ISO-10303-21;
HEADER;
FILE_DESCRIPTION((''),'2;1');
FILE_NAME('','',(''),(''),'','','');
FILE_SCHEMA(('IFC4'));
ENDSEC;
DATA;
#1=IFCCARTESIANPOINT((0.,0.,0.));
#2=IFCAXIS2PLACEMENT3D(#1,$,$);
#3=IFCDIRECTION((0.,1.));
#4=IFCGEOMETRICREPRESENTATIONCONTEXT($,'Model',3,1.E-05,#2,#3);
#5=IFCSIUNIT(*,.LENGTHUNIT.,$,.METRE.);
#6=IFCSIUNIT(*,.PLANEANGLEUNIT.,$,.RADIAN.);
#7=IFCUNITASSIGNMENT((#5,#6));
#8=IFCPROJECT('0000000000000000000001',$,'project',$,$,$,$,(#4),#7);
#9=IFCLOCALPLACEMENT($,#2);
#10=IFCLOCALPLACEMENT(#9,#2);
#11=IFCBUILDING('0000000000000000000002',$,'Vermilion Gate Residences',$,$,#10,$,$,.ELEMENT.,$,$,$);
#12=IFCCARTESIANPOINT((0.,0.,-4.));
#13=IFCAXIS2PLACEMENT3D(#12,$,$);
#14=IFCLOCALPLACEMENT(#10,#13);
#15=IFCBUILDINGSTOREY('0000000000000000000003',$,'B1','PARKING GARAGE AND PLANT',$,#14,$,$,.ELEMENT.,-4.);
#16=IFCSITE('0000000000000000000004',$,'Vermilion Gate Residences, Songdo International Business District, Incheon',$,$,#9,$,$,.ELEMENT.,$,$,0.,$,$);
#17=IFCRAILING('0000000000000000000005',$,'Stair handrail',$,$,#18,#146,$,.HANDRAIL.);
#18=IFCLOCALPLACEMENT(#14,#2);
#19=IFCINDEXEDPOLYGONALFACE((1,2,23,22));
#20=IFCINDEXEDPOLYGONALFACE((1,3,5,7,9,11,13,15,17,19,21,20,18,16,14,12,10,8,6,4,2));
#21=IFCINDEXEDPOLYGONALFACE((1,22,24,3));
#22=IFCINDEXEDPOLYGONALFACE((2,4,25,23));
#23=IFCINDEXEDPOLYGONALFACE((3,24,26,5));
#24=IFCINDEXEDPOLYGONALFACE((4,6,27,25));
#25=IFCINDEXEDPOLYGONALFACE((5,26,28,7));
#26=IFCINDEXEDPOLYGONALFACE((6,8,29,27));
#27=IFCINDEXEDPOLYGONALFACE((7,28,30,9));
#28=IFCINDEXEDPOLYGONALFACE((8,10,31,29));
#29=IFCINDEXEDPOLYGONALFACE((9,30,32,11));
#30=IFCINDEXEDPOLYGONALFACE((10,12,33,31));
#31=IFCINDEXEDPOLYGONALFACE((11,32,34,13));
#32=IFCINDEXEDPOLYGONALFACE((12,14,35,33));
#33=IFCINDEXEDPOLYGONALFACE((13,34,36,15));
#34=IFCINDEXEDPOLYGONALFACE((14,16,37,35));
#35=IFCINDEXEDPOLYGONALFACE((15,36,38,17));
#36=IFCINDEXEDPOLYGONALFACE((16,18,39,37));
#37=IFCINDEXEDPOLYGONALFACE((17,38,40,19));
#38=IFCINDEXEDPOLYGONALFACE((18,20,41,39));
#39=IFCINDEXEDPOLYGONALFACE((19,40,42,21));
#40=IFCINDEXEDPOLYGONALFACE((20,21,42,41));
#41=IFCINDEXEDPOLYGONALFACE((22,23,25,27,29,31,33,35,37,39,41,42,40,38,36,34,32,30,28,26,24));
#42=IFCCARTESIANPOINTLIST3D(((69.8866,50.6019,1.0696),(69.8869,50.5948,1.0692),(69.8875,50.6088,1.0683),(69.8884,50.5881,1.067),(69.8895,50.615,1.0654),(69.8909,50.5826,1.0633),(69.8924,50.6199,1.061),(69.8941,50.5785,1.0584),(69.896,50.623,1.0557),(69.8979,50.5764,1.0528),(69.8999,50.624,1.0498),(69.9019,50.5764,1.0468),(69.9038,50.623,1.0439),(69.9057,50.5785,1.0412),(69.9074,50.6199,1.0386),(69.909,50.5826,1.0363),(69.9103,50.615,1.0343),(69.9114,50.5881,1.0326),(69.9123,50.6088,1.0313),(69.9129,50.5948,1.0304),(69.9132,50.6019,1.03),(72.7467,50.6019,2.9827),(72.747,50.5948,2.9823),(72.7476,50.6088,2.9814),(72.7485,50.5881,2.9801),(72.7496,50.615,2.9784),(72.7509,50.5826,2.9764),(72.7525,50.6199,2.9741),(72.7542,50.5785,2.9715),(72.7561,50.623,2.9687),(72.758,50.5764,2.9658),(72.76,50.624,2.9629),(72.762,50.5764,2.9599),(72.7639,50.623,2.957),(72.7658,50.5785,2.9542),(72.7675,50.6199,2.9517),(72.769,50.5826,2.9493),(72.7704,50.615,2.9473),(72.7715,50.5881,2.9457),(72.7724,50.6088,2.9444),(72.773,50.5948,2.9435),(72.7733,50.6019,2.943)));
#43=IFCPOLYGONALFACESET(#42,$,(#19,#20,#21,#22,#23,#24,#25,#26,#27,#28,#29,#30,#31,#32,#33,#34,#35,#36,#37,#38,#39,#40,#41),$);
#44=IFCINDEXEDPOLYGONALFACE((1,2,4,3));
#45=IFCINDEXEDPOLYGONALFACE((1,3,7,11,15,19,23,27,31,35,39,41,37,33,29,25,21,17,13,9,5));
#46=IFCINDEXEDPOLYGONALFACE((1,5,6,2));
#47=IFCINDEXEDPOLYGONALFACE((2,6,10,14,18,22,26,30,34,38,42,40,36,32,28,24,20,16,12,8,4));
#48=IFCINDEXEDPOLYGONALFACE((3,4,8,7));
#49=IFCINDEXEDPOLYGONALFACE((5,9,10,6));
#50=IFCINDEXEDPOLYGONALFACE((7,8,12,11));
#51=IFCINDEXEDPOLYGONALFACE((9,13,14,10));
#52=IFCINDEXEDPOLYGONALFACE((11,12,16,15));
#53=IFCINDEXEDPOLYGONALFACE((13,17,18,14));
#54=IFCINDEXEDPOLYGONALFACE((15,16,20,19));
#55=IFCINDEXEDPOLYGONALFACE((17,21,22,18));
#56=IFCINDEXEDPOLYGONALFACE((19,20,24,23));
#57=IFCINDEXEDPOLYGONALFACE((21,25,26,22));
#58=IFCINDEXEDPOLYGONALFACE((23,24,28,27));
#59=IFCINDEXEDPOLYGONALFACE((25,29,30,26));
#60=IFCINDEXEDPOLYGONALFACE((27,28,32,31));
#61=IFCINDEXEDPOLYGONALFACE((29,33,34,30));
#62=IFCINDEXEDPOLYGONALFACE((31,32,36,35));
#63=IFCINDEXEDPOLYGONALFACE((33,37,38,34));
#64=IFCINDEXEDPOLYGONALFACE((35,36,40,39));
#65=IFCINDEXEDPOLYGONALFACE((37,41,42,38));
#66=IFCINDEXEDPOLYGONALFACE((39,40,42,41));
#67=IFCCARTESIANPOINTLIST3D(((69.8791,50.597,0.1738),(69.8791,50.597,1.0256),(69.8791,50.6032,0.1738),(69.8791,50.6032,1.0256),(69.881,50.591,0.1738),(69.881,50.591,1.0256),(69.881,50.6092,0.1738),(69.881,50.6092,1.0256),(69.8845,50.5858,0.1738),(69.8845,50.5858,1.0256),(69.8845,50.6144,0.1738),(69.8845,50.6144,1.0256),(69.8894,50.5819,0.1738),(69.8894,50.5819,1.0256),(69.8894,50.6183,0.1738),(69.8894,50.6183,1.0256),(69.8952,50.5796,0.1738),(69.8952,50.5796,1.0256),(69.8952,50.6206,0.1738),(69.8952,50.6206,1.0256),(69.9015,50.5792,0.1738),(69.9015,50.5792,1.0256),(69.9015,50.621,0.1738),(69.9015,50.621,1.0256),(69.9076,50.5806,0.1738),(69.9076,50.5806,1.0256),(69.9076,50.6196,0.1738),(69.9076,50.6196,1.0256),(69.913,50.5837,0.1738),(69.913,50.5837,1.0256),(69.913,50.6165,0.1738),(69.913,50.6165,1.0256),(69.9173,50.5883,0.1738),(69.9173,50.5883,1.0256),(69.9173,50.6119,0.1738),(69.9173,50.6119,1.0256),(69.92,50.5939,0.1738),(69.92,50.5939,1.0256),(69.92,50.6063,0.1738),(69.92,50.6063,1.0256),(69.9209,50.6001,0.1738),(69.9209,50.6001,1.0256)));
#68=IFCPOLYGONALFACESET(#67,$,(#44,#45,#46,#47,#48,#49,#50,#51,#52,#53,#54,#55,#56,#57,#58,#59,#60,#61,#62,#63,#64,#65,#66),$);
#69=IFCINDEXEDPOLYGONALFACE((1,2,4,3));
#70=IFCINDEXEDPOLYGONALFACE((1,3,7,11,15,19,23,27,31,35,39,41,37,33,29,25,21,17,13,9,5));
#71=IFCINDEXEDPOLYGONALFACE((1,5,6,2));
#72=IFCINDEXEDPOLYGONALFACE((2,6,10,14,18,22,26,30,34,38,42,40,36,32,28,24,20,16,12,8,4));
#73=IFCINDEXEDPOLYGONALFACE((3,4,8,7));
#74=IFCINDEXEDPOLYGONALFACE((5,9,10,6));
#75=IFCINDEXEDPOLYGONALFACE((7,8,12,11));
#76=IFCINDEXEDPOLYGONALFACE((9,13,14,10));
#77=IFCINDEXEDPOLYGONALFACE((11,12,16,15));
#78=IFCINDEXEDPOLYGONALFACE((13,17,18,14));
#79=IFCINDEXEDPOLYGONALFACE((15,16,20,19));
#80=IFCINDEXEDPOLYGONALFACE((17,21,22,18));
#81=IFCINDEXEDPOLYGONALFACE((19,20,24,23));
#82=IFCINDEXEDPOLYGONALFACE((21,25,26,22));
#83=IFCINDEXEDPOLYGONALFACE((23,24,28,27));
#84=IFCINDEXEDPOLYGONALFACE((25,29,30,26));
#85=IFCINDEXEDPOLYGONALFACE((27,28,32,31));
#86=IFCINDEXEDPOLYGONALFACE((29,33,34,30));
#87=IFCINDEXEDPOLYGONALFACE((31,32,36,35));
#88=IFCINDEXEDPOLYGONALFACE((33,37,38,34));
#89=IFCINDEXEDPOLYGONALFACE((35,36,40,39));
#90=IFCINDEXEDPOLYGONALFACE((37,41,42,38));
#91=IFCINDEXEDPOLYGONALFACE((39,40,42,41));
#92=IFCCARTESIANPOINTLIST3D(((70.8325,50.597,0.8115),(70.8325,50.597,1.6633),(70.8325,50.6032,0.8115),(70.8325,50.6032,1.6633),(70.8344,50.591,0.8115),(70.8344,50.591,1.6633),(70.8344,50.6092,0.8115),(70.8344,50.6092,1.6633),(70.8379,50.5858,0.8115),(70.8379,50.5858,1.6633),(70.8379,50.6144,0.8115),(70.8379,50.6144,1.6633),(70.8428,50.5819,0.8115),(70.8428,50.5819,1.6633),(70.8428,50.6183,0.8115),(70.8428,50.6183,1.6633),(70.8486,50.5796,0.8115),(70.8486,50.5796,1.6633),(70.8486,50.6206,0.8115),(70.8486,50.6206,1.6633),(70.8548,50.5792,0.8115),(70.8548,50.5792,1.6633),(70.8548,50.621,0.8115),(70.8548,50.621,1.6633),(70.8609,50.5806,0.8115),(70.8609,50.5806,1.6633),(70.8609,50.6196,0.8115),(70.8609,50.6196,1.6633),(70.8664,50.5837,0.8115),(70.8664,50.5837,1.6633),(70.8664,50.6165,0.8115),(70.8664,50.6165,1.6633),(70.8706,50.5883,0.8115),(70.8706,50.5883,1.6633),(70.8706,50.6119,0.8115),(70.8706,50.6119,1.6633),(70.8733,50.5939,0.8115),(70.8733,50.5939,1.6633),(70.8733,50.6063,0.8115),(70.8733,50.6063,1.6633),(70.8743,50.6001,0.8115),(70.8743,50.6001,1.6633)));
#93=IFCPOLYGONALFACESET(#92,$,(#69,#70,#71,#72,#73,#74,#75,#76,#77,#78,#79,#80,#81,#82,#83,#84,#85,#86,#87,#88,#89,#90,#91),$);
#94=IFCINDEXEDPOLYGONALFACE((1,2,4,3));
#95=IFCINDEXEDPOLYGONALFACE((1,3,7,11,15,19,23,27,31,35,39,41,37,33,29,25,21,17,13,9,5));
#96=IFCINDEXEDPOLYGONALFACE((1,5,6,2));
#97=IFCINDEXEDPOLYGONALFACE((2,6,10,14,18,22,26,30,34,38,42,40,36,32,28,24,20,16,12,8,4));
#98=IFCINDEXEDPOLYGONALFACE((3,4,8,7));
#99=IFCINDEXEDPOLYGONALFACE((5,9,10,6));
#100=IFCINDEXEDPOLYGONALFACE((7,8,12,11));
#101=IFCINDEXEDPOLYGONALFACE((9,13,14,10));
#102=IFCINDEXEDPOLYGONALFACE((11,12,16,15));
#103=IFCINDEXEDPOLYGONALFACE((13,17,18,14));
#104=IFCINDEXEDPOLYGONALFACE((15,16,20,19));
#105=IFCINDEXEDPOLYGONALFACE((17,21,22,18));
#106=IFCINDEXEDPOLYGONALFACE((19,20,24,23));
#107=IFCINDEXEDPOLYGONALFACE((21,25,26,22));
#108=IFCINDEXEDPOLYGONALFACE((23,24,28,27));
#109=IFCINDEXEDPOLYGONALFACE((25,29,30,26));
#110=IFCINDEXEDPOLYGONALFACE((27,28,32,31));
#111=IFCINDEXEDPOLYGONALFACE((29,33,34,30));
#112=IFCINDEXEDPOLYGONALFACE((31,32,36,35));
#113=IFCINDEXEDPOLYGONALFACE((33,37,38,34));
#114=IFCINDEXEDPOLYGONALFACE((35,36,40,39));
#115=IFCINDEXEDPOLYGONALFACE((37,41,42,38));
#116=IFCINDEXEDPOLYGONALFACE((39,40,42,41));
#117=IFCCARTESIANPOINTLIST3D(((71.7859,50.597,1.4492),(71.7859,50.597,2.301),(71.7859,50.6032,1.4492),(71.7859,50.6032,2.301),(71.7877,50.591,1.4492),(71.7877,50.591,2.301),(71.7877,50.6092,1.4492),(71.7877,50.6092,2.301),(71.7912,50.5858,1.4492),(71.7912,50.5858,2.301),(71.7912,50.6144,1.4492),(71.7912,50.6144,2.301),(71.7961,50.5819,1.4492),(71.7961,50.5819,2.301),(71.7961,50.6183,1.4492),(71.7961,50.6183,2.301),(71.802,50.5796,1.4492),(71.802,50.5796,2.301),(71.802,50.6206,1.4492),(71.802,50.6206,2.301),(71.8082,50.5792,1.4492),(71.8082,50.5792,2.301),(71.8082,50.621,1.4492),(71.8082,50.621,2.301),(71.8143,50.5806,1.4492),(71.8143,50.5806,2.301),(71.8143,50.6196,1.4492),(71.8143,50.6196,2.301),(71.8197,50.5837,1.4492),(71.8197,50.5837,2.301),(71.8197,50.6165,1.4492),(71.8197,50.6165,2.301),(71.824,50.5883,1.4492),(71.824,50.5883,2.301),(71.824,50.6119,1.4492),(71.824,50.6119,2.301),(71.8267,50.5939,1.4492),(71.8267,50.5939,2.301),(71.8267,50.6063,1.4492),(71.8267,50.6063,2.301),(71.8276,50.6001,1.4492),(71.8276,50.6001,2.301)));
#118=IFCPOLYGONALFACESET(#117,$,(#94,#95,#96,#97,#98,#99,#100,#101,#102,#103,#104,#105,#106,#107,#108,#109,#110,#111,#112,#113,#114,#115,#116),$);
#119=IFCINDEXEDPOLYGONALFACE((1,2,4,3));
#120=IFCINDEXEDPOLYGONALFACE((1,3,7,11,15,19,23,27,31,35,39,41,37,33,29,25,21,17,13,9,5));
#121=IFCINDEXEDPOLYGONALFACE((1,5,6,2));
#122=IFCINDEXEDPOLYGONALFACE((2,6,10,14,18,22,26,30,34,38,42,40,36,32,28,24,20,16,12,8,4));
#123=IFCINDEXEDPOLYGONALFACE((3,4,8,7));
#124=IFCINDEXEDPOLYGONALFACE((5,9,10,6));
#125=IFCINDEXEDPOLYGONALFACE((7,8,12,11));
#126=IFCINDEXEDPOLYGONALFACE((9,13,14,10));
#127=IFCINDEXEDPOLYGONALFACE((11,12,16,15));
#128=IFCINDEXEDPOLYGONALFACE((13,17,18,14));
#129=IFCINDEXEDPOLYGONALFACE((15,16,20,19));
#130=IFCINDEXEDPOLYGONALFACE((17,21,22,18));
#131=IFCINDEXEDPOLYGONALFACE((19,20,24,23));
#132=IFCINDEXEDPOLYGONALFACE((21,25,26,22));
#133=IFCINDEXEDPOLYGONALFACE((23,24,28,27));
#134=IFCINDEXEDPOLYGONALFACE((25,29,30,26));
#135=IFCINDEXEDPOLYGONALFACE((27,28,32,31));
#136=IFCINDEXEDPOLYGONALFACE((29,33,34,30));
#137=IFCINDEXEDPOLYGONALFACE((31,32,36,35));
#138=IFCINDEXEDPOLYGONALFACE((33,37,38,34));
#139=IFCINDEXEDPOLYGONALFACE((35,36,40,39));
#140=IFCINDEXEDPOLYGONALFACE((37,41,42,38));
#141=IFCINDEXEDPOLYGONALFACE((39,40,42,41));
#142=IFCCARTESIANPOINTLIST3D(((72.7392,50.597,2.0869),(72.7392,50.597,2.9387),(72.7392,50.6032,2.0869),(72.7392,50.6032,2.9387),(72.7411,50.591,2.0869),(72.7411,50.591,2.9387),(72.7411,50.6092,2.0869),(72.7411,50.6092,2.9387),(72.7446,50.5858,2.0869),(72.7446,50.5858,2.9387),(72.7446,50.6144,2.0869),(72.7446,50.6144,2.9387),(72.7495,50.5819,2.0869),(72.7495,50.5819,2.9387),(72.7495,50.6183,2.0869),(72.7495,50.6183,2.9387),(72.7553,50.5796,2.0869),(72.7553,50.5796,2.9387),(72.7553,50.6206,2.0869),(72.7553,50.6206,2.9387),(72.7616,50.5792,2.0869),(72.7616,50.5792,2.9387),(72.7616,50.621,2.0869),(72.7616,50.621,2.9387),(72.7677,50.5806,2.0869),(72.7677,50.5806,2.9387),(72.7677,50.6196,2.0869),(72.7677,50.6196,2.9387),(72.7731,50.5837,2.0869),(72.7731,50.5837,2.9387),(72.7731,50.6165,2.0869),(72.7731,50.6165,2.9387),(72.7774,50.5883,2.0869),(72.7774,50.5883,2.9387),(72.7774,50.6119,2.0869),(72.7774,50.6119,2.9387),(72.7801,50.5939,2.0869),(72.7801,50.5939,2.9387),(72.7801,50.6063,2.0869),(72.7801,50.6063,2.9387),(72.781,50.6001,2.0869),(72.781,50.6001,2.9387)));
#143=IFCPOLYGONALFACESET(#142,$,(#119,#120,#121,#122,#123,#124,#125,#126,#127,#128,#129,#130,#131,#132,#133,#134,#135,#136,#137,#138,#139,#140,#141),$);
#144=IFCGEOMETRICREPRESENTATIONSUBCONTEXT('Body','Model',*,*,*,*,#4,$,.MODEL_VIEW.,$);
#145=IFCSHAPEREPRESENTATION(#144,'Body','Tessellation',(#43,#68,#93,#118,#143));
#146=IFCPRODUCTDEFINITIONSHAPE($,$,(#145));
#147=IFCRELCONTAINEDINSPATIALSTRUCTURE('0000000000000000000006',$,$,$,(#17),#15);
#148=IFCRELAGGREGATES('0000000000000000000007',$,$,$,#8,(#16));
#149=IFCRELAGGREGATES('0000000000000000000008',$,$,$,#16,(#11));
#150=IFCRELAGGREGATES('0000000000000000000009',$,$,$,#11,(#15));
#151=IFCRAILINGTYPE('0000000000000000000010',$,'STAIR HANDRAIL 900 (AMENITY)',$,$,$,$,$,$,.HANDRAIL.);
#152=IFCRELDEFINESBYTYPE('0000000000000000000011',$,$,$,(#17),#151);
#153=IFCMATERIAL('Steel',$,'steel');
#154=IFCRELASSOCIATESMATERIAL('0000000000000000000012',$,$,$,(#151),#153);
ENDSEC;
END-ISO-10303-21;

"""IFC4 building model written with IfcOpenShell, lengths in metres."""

from ifc_helpers import new_model, si_unit, direction, frame, origin, origin_2d, place, context, subcontext, project, spatial, circle, extrude, material, type_object, element, save


model = new_model("IFC4")

# Units and contexts
model_context = context("Model", 3, precision=1e-05, world=origin(), true_north=direction((0.0, 1.0)))
body_context = subcontext(model_context, "Body", "Model", "MODEL_VIEW")
ifc_project = project(units=[si_unit("LENGTHUNIT", "METRE"), si_unit("PLANEANGLEUNIT", "RADIAN")], contexts=[model_context])

# Site, building, storey
site_placement = place(None, origin())
site = spatial("IfcSite", under=ifc_project, at=site_placement, Name="Vermilion Gate Residences, Songdo International Business District, Incheon", CompositionType="ELEMENT", RefElevation=0.0)
building_placement = place(site_placement, origin())
building = spatial("IfcBuilding", under=site, at=building_placement, Name="Vermilion Gate Residences", CompositionType="ELEMENT")
storey_placement = place(building_placement, frame((0.0, 0.0, -4.0)))
storey = spatial("IfcBuildingStorey", under=building, at=storey_placement, Name="B1", Description="PARKING GARAGE AND PLANT", CompositionType="ELEMENT", Elevation=-4.0)

# Railing
ifc_material_1 = material(Name="Steel", Category="steel")
railing_type = type_object("IfcRailingType", Name="STAIR HANDRAIL 900 (AMENITY)", PredefinedType="HANDRAIL", material=ifc_material_1)
railing_1_placement = place(storey_placement, frame((69.8999, 50.6001, 0.1738)))
element("IfcRailing", 1, at=railing_1_placement, inside=storey, type_object=railing_type, Name="Stair handrail", PredefinedType="HANDRAIL", context=body_context, shape_type="SweptSolid", body=[
    extrude(circle(Radius=0.0239, at=origin_2d()), frame((0.0, 0.0, 0.876), z_axis=(0.831198, 0.0, 0.555977), x_axis=(0.0, 1.0, 0.0)), (0.0, 0.0, 1.0), 3.4409),
    extrude(circle(Radius=0.021, at=origin_2d()), origin(), (0.0, 0.0, 1.0), 0.8518),
    extrude(circle(Radius=0.021, at=origin_2d()), frame((0.9534, 0.0, 0.6377)), (0.0, 0.0, 1.0), 0.8518),
    extrude(circle(Radius=0.021, at=origin_2d()), frame((1.9067, 0.0, 1.2754)), (0.0, 0.0, 1.0), 0.8518),
    extrude(circle(Radius=0.021, at=origin_2d()), frame((2.8601, 0.0, 1.9131)), (0.0, 0.0, 1.0), 0.8518),
])

save(model, "model.ifc")
